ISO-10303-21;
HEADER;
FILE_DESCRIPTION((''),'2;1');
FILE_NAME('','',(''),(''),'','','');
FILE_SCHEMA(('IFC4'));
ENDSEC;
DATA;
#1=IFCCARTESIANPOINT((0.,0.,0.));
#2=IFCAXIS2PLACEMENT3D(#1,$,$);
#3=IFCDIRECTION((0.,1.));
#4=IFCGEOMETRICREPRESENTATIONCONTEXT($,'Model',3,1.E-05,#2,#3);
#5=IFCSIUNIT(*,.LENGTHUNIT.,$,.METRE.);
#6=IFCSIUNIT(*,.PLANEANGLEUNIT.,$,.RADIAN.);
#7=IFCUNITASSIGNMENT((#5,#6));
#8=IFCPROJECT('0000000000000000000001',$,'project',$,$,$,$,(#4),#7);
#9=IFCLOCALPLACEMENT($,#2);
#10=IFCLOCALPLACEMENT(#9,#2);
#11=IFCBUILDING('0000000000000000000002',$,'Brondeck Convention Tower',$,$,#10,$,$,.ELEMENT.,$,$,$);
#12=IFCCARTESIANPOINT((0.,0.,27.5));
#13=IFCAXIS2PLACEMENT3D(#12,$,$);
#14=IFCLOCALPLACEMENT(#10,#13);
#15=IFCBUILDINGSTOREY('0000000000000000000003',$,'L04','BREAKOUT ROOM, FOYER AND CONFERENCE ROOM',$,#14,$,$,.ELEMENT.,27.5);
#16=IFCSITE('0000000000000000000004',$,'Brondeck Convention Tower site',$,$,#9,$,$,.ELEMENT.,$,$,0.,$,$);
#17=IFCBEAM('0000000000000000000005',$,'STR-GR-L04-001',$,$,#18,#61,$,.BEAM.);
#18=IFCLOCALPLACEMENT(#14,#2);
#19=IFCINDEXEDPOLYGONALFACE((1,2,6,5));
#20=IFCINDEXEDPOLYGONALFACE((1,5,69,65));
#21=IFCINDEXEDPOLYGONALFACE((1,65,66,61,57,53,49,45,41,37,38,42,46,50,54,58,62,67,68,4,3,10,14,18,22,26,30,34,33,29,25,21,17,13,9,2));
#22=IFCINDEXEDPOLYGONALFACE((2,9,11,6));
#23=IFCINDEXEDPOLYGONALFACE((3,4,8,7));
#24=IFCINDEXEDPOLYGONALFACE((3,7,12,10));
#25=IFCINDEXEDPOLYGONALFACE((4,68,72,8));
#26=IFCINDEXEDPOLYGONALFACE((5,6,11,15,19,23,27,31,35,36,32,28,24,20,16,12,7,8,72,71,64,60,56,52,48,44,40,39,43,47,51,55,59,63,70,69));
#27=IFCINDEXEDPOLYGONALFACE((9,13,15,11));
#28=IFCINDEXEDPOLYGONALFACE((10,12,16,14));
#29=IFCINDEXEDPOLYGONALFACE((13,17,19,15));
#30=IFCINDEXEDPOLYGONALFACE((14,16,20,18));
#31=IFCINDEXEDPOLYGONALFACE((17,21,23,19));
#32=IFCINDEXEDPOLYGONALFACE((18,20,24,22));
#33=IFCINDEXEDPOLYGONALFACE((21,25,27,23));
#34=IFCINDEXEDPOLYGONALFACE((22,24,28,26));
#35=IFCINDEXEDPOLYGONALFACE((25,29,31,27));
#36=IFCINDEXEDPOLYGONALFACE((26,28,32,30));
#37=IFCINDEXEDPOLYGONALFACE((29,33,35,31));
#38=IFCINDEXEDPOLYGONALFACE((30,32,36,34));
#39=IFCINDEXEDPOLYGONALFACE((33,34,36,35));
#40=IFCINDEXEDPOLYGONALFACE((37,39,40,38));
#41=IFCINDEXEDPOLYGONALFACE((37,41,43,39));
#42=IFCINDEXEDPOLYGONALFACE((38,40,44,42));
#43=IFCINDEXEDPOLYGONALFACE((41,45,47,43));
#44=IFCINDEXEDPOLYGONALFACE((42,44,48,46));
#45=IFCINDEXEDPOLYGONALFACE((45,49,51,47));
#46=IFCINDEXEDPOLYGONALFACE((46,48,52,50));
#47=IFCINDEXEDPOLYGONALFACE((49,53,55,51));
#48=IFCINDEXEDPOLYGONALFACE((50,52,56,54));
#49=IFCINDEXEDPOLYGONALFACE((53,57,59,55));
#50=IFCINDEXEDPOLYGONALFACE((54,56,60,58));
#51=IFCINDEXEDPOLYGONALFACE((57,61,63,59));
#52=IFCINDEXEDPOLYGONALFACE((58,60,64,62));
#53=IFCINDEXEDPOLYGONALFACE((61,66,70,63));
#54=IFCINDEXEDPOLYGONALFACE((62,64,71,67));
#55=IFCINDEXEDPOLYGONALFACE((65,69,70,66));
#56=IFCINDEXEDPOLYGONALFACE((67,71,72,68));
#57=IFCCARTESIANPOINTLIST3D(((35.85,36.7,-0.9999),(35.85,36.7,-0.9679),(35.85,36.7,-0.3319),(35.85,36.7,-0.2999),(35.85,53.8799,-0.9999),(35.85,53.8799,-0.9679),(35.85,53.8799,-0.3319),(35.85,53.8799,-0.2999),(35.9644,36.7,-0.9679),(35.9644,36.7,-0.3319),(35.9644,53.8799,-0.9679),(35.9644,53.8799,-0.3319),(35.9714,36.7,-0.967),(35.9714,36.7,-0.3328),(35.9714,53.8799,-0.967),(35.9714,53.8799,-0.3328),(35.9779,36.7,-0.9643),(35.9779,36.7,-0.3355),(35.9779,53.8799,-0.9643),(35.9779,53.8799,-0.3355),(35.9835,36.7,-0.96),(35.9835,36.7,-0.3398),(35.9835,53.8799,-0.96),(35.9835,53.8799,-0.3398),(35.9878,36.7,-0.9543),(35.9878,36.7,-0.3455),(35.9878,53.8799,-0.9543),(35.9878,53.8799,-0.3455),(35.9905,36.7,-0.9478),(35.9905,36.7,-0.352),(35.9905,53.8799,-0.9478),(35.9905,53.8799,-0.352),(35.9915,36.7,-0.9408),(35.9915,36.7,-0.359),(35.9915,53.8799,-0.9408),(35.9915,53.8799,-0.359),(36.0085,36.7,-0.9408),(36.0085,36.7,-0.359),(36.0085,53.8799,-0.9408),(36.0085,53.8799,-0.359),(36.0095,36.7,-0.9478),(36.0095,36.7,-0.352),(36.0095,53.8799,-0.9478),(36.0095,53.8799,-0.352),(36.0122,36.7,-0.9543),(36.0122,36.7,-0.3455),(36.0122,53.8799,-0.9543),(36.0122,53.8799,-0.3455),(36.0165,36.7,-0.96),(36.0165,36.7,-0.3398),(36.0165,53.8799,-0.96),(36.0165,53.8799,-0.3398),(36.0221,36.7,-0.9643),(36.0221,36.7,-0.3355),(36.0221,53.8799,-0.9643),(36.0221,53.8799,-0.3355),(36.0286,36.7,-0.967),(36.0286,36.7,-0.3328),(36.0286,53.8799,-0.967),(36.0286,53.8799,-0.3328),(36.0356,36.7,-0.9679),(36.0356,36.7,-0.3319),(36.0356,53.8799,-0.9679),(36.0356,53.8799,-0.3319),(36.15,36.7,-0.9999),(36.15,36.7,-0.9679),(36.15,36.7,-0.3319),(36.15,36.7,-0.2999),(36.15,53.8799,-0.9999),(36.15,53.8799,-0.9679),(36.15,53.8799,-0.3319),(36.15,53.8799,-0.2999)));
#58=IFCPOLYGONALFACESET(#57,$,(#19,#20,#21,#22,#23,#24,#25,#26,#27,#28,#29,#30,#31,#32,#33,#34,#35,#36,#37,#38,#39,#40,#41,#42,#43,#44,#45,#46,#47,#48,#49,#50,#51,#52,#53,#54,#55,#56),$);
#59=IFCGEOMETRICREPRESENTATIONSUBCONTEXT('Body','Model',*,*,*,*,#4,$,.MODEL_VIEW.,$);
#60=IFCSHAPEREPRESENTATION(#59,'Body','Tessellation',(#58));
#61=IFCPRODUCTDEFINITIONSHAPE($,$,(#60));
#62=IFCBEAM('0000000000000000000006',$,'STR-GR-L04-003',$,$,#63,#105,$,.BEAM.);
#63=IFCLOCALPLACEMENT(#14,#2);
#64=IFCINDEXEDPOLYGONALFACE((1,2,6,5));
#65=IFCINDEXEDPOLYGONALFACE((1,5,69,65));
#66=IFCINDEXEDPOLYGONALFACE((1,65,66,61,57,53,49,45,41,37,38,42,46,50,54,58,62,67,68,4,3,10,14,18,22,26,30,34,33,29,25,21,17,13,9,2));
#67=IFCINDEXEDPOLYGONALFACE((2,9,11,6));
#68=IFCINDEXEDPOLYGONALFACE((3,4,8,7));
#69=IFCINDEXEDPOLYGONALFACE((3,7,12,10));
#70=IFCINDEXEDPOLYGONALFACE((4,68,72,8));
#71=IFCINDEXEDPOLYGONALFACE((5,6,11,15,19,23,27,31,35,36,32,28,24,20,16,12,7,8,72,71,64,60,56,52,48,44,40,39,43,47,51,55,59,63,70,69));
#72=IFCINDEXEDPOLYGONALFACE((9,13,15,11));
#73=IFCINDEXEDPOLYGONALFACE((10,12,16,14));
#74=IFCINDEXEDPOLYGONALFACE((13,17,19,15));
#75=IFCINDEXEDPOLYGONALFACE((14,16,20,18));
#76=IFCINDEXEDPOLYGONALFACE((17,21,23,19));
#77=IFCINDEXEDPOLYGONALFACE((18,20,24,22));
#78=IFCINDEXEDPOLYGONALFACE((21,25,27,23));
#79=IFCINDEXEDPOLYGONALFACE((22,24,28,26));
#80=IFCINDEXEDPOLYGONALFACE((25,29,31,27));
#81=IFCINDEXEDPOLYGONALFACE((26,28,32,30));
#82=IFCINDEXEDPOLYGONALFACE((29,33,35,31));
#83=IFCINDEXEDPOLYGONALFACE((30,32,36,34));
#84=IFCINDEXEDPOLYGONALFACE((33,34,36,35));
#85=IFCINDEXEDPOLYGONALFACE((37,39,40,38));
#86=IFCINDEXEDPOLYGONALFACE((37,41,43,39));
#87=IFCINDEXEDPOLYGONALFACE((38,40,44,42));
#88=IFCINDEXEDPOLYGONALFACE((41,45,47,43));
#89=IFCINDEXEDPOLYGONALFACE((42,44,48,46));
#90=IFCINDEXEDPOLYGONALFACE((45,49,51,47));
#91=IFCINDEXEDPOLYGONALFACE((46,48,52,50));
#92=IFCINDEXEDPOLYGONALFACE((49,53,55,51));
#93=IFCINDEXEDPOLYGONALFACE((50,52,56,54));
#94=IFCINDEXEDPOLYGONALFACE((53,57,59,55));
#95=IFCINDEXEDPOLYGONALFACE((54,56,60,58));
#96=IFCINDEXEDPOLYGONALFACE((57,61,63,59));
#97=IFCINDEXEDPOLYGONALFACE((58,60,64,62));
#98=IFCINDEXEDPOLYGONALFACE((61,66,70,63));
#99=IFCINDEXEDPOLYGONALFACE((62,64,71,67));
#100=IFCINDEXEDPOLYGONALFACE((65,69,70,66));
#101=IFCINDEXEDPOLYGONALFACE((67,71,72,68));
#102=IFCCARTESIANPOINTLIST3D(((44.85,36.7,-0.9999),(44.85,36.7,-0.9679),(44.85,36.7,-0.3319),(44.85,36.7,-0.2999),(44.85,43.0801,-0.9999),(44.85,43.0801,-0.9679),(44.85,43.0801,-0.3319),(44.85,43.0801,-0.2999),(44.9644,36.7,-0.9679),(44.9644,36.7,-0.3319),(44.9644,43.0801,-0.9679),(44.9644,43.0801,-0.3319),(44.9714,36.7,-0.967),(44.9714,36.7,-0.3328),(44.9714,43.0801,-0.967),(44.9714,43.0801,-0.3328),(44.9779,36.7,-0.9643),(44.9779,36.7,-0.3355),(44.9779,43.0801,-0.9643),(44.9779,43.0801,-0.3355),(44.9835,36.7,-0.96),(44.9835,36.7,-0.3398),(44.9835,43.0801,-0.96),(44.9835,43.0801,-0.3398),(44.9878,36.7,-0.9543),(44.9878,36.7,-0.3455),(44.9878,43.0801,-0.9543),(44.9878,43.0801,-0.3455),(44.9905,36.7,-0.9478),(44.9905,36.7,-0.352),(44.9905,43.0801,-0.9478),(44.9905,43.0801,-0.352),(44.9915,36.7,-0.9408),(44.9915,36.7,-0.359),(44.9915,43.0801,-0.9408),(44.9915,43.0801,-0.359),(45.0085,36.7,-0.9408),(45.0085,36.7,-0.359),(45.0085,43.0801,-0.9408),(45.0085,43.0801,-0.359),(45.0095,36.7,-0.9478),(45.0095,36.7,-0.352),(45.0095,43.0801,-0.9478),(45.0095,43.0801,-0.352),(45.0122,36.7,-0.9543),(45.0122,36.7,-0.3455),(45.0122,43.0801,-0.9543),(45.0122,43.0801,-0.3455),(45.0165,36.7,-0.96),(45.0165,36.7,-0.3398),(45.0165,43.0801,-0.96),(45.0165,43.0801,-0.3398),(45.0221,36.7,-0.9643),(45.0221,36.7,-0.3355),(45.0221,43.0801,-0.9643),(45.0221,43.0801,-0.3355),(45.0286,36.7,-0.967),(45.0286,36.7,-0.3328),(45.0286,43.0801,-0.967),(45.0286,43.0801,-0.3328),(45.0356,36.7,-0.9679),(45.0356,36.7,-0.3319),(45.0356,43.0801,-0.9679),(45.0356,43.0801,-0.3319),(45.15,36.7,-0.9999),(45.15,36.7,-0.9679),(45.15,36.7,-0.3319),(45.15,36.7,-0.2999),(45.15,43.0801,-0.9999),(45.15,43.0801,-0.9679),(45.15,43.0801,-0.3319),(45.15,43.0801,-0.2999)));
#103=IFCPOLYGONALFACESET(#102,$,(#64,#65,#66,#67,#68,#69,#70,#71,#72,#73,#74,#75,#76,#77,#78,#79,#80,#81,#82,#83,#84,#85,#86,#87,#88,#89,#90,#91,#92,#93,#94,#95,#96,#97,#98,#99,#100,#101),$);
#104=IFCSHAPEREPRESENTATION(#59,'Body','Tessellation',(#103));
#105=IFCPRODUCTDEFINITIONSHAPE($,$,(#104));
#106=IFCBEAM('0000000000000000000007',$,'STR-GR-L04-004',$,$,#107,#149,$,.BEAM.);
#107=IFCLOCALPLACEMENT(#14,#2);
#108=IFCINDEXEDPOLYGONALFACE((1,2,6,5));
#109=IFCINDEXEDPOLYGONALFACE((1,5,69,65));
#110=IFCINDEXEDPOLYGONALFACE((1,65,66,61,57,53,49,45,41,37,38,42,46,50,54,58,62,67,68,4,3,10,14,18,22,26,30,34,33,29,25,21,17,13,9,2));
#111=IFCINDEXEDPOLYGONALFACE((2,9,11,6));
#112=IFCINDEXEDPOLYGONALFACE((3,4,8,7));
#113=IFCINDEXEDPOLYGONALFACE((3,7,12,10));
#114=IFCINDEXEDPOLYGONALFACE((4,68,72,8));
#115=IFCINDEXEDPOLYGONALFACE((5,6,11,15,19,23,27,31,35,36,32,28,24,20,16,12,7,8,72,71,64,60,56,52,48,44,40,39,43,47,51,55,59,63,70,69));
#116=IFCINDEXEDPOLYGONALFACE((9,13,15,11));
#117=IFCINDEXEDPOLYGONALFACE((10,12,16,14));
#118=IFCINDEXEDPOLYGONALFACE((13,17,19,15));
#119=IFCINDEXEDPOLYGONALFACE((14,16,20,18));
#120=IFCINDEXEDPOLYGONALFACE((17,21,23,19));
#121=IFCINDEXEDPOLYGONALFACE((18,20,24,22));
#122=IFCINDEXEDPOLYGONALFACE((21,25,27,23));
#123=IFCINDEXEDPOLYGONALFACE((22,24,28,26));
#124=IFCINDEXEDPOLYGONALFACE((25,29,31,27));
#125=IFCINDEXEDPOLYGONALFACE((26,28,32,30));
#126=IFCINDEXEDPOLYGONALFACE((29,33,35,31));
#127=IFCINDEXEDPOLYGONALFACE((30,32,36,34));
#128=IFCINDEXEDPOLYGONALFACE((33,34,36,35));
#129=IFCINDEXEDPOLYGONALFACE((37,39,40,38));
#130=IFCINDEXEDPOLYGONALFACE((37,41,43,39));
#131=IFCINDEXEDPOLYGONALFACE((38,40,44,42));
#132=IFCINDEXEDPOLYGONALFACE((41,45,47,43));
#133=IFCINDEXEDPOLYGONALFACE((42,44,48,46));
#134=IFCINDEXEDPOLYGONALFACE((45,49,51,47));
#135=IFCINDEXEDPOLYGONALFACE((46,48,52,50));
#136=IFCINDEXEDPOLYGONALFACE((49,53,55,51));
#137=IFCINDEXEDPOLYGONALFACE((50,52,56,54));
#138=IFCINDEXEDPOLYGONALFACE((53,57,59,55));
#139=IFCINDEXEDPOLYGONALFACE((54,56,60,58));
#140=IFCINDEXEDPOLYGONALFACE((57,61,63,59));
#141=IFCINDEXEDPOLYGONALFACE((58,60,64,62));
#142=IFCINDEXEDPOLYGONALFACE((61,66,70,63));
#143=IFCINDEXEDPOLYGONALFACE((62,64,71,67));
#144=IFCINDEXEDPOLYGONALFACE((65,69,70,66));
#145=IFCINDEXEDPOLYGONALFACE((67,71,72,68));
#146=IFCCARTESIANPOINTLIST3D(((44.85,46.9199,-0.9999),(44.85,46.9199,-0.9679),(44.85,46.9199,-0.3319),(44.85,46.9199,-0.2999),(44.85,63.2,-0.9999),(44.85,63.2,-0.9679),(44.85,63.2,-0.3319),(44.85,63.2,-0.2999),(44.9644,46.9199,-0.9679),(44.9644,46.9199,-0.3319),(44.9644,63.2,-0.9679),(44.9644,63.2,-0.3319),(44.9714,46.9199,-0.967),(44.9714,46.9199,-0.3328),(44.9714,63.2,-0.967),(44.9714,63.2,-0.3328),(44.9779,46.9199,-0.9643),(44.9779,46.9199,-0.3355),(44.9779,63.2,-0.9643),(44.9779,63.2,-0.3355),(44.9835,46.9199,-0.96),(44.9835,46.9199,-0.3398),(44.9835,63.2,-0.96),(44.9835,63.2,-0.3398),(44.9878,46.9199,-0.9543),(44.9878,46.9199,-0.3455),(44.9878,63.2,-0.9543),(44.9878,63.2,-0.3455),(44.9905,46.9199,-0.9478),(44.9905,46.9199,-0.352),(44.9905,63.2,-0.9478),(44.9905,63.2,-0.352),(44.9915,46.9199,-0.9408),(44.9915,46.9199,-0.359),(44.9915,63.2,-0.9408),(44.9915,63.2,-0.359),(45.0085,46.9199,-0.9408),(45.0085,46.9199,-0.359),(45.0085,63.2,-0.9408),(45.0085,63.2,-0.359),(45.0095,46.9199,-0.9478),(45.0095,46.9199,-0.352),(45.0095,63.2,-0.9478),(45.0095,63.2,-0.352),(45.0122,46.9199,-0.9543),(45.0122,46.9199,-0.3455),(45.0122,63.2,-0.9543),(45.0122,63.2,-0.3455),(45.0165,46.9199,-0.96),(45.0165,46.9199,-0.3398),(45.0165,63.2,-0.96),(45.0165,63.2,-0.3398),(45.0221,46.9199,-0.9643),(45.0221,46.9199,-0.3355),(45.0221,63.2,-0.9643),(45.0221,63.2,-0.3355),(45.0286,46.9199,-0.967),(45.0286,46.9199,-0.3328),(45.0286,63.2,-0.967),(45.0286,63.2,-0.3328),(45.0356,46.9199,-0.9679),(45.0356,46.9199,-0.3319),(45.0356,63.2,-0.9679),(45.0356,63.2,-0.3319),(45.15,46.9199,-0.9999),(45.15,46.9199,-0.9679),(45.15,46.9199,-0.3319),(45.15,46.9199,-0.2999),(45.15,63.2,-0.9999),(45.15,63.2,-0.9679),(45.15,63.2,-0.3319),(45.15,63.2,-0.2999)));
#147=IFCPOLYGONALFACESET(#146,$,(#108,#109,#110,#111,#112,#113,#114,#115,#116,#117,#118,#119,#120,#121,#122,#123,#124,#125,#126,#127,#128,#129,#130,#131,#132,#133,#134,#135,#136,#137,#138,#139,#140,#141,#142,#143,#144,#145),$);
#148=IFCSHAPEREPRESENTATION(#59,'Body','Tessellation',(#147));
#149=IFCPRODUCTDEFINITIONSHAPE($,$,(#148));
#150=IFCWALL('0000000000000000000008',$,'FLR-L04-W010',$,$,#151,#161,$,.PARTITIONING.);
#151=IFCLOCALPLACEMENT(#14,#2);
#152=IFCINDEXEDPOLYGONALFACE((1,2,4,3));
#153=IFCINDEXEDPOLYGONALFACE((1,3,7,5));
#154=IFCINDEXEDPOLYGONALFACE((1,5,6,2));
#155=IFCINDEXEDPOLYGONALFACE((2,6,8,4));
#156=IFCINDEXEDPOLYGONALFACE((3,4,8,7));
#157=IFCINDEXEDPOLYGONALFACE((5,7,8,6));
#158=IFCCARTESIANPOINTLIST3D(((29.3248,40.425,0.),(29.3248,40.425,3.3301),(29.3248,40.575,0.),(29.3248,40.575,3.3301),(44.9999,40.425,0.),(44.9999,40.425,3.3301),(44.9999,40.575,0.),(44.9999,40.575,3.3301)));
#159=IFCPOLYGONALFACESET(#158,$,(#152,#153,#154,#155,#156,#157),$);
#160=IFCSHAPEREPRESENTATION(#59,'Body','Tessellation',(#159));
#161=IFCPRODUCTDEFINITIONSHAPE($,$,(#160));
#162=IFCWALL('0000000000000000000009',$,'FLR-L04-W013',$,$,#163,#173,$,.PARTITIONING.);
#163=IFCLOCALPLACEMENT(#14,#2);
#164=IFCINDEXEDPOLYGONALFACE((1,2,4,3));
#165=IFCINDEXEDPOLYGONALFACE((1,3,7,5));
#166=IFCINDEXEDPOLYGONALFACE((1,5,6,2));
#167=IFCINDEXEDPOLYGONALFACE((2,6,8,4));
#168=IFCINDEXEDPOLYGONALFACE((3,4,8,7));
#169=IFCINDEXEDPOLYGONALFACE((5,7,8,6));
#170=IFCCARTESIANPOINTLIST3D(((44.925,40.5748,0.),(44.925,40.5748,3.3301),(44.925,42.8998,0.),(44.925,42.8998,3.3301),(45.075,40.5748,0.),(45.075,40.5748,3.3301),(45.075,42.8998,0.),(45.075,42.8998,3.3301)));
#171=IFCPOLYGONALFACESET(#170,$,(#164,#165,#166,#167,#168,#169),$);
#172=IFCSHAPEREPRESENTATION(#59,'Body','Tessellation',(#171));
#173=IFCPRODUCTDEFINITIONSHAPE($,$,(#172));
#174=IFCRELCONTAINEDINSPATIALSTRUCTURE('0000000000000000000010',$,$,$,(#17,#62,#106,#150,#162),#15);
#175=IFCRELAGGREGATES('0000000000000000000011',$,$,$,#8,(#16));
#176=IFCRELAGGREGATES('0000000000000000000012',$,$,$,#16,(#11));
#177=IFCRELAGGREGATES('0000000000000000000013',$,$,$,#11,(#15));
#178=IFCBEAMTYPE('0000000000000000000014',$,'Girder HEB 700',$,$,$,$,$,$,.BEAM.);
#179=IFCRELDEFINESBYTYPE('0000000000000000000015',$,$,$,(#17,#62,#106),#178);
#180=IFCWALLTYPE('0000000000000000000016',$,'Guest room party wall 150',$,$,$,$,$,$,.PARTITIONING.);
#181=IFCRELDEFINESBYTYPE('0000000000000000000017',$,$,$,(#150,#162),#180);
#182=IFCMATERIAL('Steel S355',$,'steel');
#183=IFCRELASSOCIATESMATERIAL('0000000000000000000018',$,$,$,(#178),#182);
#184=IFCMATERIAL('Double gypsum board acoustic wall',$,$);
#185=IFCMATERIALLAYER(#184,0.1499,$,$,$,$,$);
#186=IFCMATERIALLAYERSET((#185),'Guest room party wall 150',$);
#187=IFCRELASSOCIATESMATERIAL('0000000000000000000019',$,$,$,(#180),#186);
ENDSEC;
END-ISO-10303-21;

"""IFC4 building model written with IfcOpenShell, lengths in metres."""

from ifc_helpers import new_model, si_unit, direction, frame, frame_2d, origin, origin_2d, place, context, subcontext, project, spatial, rectangle, i_section, extrude, material, layer, layer_set, material_profile, profile_set, type_object, element, save


model = new_model("IFC4")

# Units and contexts
model_context = context("Model", 3, precision=1e-05, world=origin(), true_north=direction((0.0, 1.0)))
body_context = subcontext(model_context, "Body", "Model", "MODEL_VIEW")
ifc_project = project(units=[si_unit("LENGTHUNIT", "METRE"), si_unit("PLANEANGLEUNIT", "RADIAN")], contexts=[model_context])

# Site, building, storey
site_placement = place(None, origin())
site = spatial("IfcSite", under=ifc_project, at=site_placement, Name="Brondeck Convention Tower site", CompositionType="ELEMENT", RefElevation=0.0)
building_placement = place(site_placement, origin())
building = spatial("IfcBuilding", under=site, at=building_placement, Name="Brondeck Convention Tower", CompositionType="ELEMENT")
storey_placement = place(building_placement, frame((0.0, 0.0, 27.5)))
storey = spatial("IfcBuildingStorey", under=building, at=storey_placement, Name="L04", Description="BREAKOUT ROOM, FOYER AND CONFERENCE ROOM", CompositionType="ELEMENT", Elevation=27.5)

# Beams
ifc_material_1 = material(Name="Steel S355", Category="steel")
ifc_material_profile = material_profile(ifc_material_1, i_section(OverallWidth=0.3, OverallDepth=0.7, WebThickness=0.0171, FlangeThickness=0.032, FilletRadius=0.0271, at=origin_2d()), Name="HEB 700")
ifc_profile_set = profile_set([ifc_material_profile], Name="Steel S355")
beam_type = type_object("IfcBeamType", Name="Girder HEB 700", PredefinedType="BEAM", material=ifc_profile_set)
beam_1_placement = place(storey_placement, frame((36.0, 36.7, -0.6499), z_axis=(0.0, 1.0, 0.0), x_axis=(-1.0, 0.0, 0.0)))
element("IfcBeam", 1, at=beam_1_placement, inside=storey, type_object=beam_type, Name="STR-GR-L04-001", PredefinedType="BEAM", context=body_context, shape_type="SweptSolid", body=[
    extrude(i_section(OverallWidth=0.3, OverallDepth=0.7, WebThickness=0.0171, FlangeThickness=0.032, FilletRadius=0.0271, at=origin_2d()), origin(), (0.0, 0.0, 1.0), 17.1799),
])
beam_2_placement = place(storey_placement, frame((45.0, 36.7, -0.6499), z_axis=(0.0, 1.0, 0.0), x_axis=(-1.0, 0.0, 0.0)))
element("IfcBeam", 2, at=beam_2_placement, inside=storey, type_object=beam_type, Name="STR-GR-L04-003", PredefinedType="BEAM", context=body_context, shape_type="SweptSolid", body=[
    extrude(i_section(OverallWidth=0.3, OverallDepth=0.7, WebThickness=0.0171, FlangeThickness=0.032, FilletRadius=0.0271, at=origin_2d()), origin(), (0.0, 0.0, 1.0), 6.3801),
])
beam_3_placement = place(storey_placement, frame((45.0, 46.9199, -0.6499), z_axis=(0.0, 1.0, 0.0), x_axis=(-1.0, 0.0, 0.0)))
element("IfcBeam", 3, at=beam_3_placement, inside=storey, type_object=beam_type, Name="STR-GR-L04-004", PredefinedType="BEAM", context=body_context, shape_type="SweptSolid", body=[
    extrude(i_section(OverallWidth=0.3, OverallDepth=0.7, WebThickness=0.0171, FlangeThickness=0.032, FilletRadius=0.0271, at=origin_2d()), origin(), (0.0, 0.0, 1.0), 16.28),
])

# Walls
ifc_material_2 = material(Name="Double gypsum board acoustic wall")
ifc_layer_1 = layer(ifc_material_2, 0.1499)
ifc_layer_set_1 = layer_set([ifc_layer_1], Name="Guest room party wall 150")
wall_type_1 = type_object("IfcWallType", Name="Guest room party wall 150", PredefinedType="PARTITIONING", material=ifc_layer_set_1)
wall_1_placement = place(storey_placement, frame((29.325, 40.5, 0.0), z_axis=(0.0, 0.0, 1.0), x_axis=(1.0, 0.0, 0.0)))
element("IfcWall", 4, at=wall_1_placement, inside=storey, type_object=wall_type_1, Name="FLR-L04-W010", PredefinedType="PARTITIONING", context=body_context, shape_type="SweptSolid", body=[
    extrude(rectangle(XDim=15.675, YDim=0.1499, at=frame_2d((7.8374, 0.0))), origin(), (0.0, 0.0, 1.0), 3.3301),
])
wall_2_placement = place(storey_placement, frame((45.0, 42.8999, 0.0), z_axis=(0.0, 0.0, 1.0), x_axis=(0.0, -1.0, 0.0)))
element("IfcWall", 5, at=wall_2_placement, inside=storey, type_object=wall_type_1, Name="FLR-L04-W013", PredefinedType="PARTITIONING", context=body_context, shape_type="SweptSolid", body=[
    extrude(rectangle(XDim=2.325, YDim=0.1499, at=frame_2d((1.1626, 0.0))), origin(), (0.0, 0.0, 1.0), 3.3301),
])

save(model, "model.ifc")
